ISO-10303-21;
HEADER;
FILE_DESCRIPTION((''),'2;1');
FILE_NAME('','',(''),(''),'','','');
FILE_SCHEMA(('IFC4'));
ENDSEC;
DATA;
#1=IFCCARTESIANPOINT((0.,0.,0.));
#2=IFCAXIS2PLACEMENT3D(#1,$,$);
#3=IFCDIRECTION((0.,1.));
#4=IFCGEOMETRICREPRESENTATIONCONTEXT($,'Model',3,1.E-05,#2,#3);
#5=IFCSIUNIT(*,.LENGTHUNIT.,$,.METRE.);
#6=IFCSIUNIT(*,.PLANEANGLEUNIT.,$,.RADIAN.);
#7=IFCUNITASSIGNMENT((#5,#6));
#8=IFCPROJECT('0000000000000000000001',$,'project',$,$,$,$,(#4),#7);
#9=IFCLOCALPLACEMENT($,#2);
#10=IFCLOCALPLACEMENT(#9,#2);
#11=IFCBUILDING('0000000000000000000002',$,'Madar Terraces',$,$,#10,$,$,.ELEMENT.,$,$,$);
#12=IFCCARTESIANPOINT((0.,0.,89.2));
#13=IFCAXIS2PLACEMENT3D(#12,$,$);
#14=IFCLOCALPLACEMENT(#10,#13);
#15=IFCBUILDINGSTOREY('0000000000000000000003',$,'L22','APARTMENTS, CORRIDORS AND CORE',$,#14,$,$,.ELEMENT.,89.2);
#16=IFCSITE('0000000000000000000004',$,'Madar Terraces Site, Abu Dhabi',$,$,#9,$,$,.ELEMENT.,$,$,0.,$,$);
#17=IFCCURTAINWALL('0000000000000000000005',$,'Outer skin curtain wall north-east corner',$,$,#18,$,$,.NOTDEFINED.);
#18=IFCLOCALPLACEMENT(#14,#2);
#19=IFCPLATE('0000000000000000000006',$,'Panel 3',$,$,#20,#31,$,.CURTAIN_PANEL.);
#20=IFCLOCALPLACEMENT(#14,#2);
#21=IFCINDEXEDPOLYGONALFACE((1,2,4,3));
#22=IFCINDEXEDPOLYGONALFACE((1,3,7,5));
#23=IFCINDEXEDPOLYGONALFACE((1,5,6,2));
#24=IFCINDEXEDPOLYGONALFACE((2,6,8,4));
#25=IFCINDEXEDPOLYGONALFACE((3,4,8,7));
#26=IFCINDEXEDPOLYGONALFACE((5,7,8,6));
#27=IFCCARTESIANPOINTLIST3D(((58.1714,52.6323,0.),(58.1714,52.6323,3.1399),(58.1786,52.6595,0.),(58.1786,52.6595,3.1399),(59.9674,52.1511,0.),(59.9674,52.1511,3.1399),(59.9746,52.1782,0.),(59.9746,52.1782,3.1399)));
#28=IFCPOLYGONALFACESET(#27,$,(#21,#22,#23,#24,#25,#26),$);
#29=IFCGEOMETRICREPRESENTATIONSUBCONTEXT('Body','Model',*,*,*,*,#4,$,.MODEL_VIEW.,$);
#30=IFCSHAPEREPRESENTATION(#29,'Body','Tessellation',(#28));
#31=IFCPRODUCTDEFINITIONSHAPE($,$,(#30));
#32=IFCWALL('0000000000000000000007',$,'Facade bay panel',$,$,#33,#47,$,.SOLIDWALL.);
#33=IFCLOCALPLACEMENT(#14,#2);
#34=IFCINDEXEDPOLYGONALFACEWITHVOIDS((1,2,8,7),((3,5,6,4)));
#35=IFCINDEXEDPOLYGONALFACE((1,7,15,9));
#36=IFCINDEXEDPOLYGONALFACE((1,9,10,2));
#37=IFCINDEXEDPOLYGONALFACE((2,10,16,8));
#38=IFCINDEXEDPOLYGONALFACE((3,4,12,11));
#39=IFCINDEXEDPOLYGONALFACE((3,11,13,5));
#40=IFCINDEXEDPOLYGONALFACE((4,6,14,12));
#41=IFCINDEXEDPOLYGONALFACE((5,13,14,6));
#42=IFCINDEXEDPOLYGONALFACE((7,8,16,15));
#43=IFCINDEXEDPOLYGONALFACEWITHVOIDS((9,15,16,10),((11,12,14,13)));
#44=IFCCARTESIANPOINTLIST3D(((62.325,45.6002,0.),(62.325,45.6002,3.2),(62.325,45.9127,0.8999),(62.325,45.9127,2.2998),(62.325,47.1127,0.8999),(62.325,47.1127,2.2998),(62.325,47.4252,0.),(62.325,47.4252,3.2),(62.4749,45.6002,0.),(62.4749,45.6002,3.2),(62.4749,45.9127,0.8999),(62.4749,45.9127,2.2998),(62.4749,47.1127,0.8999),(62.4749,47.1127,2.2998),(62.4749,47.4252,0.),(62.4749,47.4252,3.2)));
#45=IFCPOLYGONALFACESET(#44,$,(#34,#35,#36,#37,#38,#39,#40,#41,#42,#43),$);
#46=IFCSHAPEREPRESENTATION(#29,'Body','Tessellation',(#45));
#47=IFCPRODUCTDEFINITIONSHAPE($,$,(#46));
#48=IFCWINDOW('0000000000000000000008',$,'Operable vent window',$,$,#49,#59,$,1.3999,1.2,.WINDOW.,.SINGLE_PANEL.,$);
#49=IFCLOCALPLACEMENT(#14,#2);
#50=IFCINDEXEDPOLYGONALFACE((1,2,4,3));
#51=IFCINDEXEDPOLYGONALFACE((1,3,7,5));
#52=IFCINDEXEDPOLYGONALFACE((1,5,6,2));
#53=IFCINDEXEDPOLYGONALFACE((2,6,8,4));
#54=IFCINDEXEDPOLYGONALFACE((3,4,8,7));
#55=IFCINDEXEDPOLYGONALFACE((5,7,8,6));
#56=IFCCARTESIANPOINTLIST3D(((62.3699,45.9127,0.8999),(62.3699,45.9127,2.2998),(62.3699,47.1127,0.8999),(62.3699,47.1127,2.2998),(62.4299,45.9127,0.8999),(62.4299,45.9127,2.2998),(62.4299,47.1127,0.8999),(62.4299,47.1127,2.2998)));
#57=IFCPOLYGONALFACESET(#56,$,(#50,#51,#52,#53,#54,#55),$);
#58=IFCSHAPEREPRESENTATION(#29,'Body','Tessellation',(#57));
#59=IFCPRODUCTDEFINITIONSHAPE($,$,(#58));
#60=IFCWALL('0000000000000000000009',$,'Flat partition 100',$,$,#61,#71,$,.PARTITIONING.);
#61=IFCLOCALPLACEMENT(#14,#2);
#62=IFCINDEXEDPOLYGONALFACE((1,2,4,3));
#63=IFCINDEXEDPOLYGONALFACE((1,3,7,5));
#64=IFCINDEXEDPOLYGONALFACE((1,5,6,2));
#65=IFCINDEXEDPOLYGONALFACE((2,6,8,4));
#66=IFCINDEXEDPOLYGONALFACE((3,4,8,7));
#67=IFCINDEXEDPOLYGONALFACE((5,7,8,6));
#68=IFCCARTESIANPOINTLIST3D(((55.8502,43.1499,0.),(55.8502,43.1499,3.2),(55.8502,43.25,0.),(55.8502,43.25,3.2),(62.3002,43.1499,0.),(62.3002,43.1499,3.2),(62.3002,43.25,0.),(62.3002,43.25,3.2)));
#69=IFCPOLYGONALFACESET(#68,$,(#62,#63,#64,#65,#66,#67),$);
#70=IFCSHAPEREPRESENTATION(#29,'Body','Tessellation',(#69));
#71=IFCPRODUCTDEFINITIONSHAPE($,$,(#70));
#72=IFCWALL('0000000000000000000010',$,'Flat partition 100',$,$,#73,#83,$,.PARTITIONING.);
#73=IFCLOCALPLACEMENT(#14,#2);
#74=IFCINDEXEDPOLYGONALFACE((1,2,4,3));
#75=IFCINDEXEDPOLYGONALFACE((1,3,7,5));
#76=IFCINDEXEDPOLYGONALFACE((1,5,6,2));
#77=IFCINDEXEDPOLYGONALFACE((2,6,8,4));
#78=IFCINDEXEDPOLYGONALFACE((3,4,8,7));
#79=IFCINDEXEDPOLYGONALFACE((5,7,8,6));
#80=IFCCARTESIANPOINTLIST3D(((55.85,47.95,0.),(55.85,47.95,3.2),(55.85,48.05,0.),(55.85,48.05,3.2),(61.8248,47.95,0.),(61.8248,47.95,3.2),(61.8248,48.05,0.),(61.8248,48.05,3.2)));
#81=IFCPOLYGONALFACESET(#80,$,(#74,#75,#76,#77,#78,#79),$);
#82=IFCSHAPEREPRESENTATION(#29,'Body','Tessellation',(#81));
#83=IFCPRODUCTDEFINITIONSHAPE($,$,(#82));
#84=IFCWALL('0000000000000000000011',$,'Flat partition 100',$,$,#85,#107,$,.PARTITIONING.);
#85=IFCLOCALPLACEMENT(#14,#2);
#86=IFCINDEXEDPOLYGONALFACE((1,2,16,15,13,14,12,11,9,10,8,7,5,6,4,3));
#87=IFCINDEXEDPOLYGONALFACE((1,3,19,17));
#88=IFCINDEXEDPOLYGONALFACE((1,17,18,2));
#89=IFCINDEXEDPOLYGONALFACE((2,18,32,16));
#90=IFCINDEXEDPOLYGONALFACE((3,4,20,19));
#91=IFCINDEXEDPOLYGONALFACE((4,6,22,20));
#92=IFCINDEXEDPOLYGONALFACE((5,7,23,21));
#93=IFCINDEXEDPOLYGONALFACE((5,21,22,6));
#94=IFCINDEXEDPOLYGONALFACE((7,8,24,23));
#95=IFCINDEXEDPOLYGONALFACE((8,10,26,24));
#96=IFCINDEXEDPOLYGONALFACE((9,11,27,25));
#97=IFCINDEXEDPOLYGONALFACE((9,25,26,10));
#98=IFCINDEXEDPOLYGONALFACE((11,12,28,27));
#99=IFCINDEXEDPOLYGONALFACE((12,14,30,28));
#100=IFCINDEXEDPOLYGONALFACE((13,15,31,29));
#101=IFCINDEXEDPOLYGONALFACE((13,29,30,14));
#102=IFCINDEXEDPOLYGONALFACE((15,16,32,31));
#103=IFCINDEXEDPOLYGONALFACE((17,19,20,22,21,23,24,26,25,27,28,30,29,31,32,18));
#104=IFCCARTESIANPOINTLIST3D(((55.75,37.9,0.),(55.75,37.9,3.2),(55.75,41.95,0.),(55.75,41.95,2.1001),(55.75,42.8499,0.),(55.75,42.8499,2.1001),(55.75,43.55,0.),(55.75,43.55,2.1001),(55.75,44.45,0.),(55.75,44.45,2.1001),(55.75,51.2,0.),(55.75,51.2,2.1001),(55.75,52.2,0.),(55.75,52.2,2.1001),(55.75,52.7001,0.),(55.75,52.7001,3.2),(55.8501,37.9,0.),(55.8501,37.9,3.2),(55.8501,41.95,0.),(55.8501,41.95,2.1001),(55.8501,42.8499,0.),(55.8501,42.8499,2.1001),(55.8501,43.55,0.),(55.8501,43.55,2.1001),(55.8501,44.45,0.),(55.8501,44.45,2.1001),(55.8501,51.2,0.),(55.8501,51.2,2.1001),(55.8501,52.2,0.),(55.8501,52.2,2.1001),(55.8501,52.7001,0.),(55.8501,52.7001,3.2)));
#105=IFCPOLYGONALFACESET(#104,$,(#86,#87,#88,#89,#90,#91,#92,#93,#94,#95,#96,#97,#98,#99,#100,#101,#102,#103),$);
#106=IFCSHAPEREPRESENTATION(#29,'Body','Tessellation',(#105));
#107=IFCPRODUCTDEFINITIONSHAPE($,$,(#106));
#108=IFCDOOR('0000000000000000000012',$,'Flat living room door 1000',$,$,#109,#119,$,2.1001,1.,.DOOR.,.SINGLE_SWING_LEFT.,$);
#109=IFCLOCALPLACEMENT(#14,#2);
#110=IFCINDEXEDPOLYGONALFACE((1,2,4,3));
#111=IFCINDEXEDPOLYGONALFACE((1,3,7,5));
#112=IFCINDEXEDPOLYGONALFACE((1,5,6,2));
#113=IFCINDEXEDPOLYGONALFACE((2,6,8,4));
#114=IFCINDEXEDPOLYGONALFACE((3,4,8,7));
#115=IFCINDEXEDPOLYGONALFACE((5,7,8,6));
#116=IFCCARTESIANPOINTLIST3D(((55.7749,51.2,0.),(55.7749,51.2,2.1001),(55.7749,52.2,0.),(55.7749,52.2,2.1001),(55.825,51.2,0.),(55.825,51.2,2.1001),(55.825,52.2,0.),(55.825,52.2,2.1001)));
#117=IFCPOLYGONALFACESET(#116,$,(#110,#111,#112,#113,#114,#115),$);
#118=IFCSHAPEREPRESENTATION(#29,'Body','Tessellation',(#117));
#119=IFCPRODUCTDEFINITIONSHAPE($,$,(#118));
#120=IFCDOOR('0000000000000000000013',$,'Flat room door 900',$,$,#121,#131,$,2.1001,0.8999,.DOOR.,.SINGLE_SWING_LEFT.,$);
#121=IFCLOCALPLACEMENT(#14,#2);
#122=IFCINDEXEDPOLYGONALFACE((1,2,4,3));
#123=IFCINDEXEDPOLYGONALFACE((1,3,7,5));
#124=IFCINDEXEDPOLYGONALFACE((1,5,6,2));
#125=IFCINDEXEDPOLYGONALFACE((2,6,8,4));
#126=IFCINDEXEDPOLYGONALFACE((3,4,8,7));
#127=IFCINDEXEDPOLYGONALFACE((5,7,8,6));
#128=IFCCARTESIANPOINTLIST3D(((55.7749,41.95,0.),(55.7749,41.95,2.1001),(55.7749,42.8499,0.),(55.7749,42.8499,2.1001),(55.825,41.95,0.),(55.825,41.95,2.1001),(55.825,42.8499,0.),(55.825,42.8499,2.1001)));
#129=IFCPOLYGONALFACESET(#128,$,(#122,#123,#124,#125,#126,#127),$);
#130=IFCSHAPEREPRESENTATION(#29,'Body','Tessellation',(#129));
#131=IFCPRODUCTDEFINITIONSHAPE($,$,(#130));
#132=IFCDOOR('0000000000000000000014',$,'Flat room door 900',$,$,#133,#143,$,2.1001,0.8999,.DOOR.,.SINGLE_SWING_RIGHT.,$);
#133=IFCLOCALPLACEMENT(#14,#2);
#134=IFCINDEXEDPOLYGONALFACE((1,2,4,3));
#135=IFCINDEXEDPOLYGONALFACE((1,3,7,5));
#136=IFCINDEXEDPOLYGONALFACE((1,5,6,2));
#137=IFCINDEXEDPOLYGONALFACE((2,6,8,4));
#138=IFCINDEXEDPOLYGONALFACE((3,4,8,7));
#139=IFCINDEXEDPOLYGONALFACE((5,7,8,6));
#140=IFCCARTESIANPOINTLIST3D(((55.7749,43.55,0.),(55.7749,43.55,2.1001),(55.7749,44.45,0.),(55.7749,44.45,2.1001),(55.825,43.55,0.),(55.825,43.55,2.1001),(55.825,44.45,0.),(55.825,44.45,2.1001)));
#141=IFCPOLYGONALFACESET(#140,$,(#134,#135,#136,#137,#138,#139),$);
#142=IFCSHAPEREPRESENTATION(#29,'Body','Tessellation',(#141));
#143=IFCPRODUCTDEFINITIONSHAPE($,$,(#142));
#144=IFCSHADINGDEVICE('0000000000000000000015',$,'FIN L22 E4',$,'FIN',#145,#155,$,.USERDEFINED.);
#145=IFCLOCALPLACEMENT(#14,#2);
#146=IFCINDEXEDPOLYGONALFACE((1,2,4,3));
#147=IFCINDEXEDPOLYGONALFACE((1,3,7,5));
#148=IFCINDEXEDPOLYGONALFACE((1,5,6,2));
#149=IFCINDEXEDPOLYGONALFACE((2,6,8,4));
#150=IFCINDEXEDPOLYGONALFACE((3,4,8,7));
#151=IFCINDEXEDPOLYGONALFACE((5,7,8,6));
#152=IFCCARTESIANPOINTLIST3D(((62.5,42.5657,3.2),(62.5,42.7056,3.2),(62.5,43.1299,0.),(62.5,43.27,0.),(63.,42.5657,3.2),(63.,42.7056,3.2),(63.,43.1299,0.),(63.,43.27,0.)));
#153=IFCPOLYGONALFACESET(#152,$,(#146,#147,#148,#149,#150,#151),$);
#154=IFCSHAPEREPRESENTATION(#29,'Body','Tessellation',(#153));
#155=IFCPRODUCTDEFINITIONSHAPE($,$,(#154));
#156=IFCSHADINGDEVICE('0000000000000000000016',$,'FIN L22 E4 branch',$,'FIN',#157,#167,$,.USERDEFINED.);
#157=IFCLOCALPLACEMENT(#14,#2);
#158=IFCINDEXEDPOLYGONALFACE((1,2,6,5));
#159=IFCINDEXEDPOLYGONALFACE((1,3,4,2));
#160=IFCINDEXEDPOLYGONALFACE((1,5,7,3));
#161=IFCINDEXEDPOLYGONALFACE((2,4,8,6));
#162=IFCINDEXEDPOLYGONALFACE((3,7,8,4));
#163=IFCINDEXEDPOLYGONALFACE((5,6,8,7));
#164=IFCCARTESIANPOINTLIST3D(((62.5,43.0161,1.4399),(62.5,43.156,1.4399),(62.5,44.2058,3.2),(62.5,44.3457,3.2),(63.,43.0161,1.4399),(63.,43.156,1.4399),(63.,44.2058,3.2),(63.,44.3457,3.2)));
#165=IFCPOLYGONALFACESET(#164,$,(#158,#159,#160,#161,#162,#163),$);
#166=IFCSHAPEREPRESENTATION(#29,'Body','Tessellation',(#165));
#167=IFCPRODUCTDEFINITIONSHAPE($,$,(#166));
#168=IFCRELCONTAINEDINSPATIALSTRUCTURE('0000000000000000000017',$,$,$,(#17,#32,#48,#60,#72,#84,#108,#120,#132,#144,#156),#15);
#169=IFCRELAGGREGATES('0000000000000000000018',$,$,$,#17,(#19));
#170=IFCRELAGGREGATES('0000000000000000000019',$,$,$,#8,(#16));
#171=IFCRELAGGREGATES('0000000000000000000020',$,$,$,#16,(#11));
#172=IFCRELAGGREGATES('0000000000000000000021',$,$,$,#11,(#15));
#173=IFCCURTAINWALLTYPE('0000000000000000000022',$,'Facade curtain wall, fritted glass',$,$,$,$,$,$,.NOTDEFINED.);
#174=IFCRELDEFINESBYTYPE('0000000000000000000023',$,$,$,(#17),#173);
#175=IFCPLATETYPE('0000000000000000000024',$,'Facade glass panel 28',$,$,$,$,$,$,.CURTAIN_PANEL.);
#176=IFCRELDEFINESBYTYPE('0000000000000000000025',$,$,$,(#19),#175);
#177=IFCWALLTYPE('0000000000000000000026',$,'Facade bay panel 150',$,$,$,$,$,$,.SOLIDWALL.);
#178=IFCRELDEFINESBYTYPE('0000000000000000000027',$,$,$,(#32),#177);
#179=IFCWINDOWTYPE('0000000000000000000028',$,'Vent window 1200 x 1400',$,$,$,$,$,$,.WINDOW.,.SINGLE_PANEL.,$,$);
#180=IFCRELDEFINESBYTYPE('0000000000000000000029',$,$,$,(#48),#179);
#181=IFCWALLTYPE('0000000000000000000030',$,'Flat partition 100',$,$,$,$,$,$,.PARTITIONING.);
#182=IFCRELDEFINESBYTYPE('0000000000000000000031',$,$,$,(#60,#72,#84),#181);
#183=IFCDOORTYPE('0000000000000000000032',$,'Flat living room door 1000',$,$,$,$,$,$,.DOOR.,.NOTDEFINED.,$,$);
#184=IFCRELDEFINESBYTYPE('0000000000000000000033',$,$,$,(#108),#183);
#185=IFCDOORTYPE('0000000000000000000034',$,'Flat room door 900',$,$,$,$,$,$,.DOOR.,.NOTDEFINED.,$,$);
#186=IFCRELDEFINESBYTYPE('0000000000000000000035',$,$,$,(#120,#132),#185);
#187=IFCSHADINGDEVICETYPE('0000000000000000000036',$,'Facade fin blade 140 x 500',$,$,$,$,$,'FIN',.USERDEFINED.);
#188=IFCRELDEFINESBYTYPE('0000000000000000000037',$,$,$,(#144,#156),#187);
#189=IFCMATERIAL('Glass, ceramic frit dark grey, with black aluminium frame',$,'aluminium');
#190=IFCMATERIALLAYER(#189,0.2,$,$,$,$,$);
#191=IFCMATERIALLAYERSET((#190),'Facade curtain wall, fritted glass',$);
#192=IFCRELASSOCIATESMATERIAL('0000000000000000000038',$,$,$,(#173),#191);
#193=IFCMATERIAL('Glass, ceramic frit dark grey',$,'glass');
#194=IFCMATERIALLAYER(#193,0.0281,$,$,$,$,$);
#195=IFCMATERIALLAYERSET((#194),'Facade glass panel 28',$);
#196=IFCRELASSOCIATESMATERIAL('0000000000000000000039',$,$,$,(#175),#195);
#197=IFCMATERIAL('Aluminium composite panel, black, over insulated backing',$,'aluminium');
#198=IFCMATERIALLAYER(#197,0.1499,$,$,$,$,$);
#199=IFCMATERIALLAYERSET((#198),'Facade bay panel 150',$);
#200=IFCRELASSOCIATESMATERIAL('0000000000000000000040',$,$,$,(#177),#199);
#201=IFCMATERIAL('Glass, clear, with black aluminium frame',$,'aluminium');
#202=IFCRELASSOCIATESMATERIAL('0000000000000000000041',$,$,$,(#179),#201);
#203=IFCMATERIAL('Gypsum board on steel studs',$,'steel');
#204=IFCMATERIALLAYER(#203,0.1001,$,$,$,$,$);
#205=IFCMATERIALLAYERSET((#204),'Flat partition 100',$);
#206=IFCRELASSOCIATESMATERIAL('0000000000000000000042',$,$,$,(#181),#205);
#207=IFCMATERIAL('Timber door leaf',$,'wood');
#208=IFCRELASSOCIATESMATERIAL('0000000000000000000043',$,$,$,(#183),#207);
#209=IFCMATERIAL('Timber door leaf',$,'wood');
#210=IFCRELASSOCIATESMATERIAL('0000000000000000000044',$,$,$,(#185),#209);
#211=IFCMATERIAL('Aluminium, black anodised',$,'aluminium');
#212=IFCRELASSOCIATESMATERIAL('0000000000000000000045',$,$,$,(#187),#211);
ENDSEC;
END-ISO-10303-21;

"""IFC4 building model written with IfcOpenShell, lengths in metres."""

from ifc_helpers import new_model, si_unit, direction, frame, frame_2d, origin, origin_2d, place, context, subcontext, project, spatial, polyline, rectangle, outline, extrude, material, layer, layer_set, type_object, element, fill, aggregate, save


model = new_model("IFC4")

# Units and contexts
model_context = context("Model", 3, precision=1e-05, world=origin(), true_north=direction((0.0, 1.0)))
body_context = subcontext(model_context, "Body", "Model", "MODEL_VIEW")
ifc_project = project(units=[si_unit("LENGTHUNIT", "METRE"), si_unit("PLANEANGLEUNIT", "RADIAN")], contexts=[model_context])

# Site, building, storey
site_placement = place(None, origin())
site = spatial("IfcSite", under=ifc_project, at=site_placement, Name="Madar Terraces Site, Abu Dhabi", CompositionType="ELEMENT", RefElevation=0.0)
building_placement = place(site_placement, origin())
building = spatial("IfcBuilding", under=site, at=building_placement, Name="Madar Terraces", CompositionType="ELEMENT")
storey_placement = place(building_placement, frame((0.0, 0.0, 89.2)))
storey = spatial("IfcBuildingStorey", under=building, at=storey_placement, Name="L22", Description="APARTMENTS, CORRIDORS AND CORE", CompositionType="ELEMENT", Elevation=89.2)

# Shared definitions
ifc_material_1 = material(Name="Glass, ceramic frit dark grey, with black aluminium frame", Category="aluminium")
ifc_layer_1 = layer(ifc_material_1, 0.2)
ifc_layer_set_1 = layer_set([ifc_layer_1], Name="Facade curtain wall, fritted glass")
curtain_wall_type = type_object("IfcCurtainWallType", Name="Facade curtain wall, fritted glass", PredefinedType="NOTDEFINED", material=ifc_layer_set_1)

# Curtain wall
curtain_wall_1_placement = place(storey_placement, origin())
curtain_wall_1 = element("IfcCurtainWall", 1, at=curtain_wall_1_placement, inside=storey, type_object=curtain_wall_type, Name="Outer skin curtain wall north-east corner", PredefinedType="NOTDEFINED")

# Plate
ifc_material_2 = material(Name="Glass, ceramic frit dark grey", Category="glass")
ifc_layer_2 = layer(ifc_material_2, 0.0281)
ifc_layer_set_2 = layer_set([ifc_layer_2], Name="Facade glass panel 28")
plate_type = type_object("IfcPlateType", Name="Facade glass panel 28", PredefinedType="CURTAIN_PANEL", material=ifc_layer_set_2)
plate_1_placement = place(storey_placement, frame((59.073, 52.4053, 0.0), z_axis=(0.0, 0.0, 1.0), x_axis=(-0.965926, 0.258819, 0.0)))
plate_1 = element("IfcPlate", 2, at=plate_1_placement, type_object=plate_type, Name="Panel 3", PredefinedType="CURTAIN_PANEL", context=body_context, shape_type="SweptSolid", body=[
    extrude(rectangle(XDim=1.8594, YDim=0.0281, at=origin_2d()), origin(), (0.0, 0.0, 1.0), 3.1399),
])
aggregate(curtain_wall_1, [plate_1])

# Wall, opening, window
ifc_material_3 = material(Name="Aluminium composite panel, black, over insulated backing", Category="aluminium")
ifc_layer_3 = layer(ifc_material_3, 0.1499)
ifc_layer_set_3 = layer_set([ifc_layer_3], Name="Facade bay panel 150")
wall_type_1 = type_object("IfcWallType", Name="Facade bay panel 150", PredefinedType="SOLIDWALL", material=ifc_layer_set_3)
wall_1_placement = place(storey_placement, frame((62.3999, 45.6001, 0.0), z_axis=(0.0, 0.0, 1.0), x_axis=(0.0, 1.0, 0.0)))
wall_1 = element("IfcWall", 3, at=wall_1_placement, inside=storey, type_object=wall_type_1, Name="Facade bay panel", PredefinedType="SOLIDWALL", context=body_context, shape_type="SweptSolid", body=[
    extrude(rectangle(XDim=1.825, YDim=0.1499, at=frame_2d((0.9126, 0.0))), origin(), (0.0, 0.0, 1.0), 3.2),
])
opening_1_placement = place(wall_1_placement, frame((0.3125, 0.0, 0.8999)))
opening_1 = element("IfcOpeningElement", 4, at=opening_1_placement, cuts=wall_1, PredefinedType="OPENING", context=body_context, shape_type="SweptSolid", body=[
    extrude(rectangle(XDim=1.2, YDim=1.3999, at=frame_2d((0.6001, 0.7))), frame((0.0, 0.085, 0.0), z_axis=(0.0, -1.0, 0.0), x_axis=(1.0, 0.0, 0.0)), (0.0, 0.0, 1.0), 0.1699),
])
ifc_material_4 = material(Name="Glass, clear, with black aluminium frame", Category="aluminium")
window_type = type_object("IfcWindowType", Name="Vent window 1200 x 1400", PartitioningType="SINGLE_PANEL", PredefinedType="WINDOW", material=ifc_material_4)
window_placement = place(opening_1_placement, origin())
window = element("IfcWindow", 5, at=window_placement, inside=storey, type_object=window_type, Name="Operable vent window", OverallHeight=1.3999, OverallWidth=1.2, PartitioningType="SINGLE_PANEL", PredefinedType="WINDOW", context=body_context, shape_type="SweptSolid", body=[
    extrude(rectangle(XDim=1.2, YDim=1.3999, at=frame_2d((0.6001, 0.7))), frame((0.0, 0.03, 0.0), z_axis=(0.0, -1.0, 0.0), x_axis=(1.0, 0.0, 0.0)), (0.0, 0.0, 1.0), 0.0601),
])
fill(opening_1, window)

# Walls
ifc_material_5 = material(Name="Gypsum board on steel studs", Category="steel")
ifc_layer_4 = layer(ifc_material_5, 0.1001)
ifc_layer_set_4 = layer_set([ifc_layer_4], Name="Flat partition 100")
wall_type_2 = type_object("IfcWallType", Name="Flat partition 100", PredefinedType="PARTITIONING", material=ifc_layer_set_4)
wall_2_placement = place(storey_placement, frame((55.8501, 43.2, 0.0), z_axis=(0.0, 0.0, 1.0), x_axis=(1.0, 0.0, 0.0)))
element("IfcWall", 6, at=wall_2_placement, inside=storey, type_object=wall_type_2, Name="Flat partition 100", PredefinedType="PARTITIONING", context=body_context, shape_type="SweptSolid", body=[
    extrude(rectangle(XDim=6.45, YDim=0.1001, at=frame_2d((3.2251, 0.0))), origin(), (0.0, 0.0, 1.0), 3.2),
])
wall_3_placement = place(storey_placement, frame((55.8501, 48.0, 0.0), z_axis=(0.0, 0.0, 1.0), x_axis=(1.0, 0.0, 0.0)))
element("IfcWall", 7, at=wall_3_placement, inside=storey, type_object=wall_type_2, Name="Flat partition 100", PredefinedType="PARTITIONING", context=body_context, shape_type="SweptSolid", body=[
    extrude(rectangle(XDim=5.9749, YDim=0.1001, at=frame_2d((2.9873, 0.0))), origin(), (0.0, 0.0, 1.0), 3.2),
])

# Wall, openings, doors
wall_4_placement = place(storey_placement, frame((55.8, 52.7, 0.0), z_axis=(0.0, 0.0, 1.0), x_axis=(0.0, -1.0, 0.0)))
wall_4 = element("IfcWall", 8, at=wall_4_placement, inside=storey, type_object=wall_type_2, Name="Flat partition 100", PredefinedType="PARTITIONING", context=body_context, shape_type="SweptSolid", body=[
    extrude(rectangle(XDim=14.8, YDim=0.1001, at=frame_2d((7.3999, 0.0))), origin(), (0.0, 0.0, 1.0), 3.2),
])
opening_2_placement = place(wall_4_placement, frame((9.8501, 0.0, 0.0)))
opening_2 = element("IfcOpeningElement", 9, at=opening_2_placement, cuts=wall_4, PredefinedType="OPENING", context=body_context, shape_type="SweptSolid", body=[
    extrude(rectangle(XDim=0.8999, YDim=2.1001, at=frame_2d((0.45, 1.05))), frame((0.0, 0.0601, 0.0), z_axis=(0.0, -1.0, 0.0), x_axis=(1.0, 0.0, 0.0)), (0.0, 0.0, 1.0), 0.1201),
])
opening_3_placement = place(wall_4_placement, frame((8.25, 0.0, 0.0)))
opening_3 = element("IfcOpeningElement", 10, at=opening_3_placement, cuts=wall_4, PredefinedType="OPENING", context=body_context, shape_type="SweptSolid", body=[
    extrude(rectangle(XDim=0.8999, YDim=2.1001, at=frame_2d((0.45, 1.05))), frame((0.0, 0.0601, 0.0), z_axis=(0.0, -1.0, 0.0), x_axis=(1.0, 0.0, 0.0)), (0.0, 0.0, 1.0), 0.1201),
])
opening_4_placement = place(wall_4_placement, frame((0.5, 0.0, 0.0)))
opening_4 = element("IfcOpeningElement", 11, at=opening_4_placement, cuts=wall_4, PredefinedType="OPENING", context=body_context, shape_type="SweptSolid", body=[
    extrude(rectangle(XDim=1.0, YDim=2.1001, at=frame_2d((0.5, 1.05))), frame((0.0, 0.0601, 0.0), z_axis=(0.0, -1.0, 0.0), x_axis=(1.0, 0.0, 0.0)), (0.0, 0.0, 1.0), 0.1201),
])
ifc_material_6 = material(Name="Timber door leaf", Category="wood")
door_type_1 = type_object("IfcDoorType", Name="Flat living room door 1000", OperationType="NOTDEFINED", PredefinedType="DOOR", material=ifc_material_6)
door_1_placement = place(opening_4_placement, origin())
door_1 = element("IfcDoor", 12, at=door_1_placement, inside=storey, type_object=door_type_1, Name="Flat living room door 1000", OperationType="SINGLE_SWING_LEFT", OverallHeight=2.1001, OverallWidth=1.0, PredefinedType="DOOR", context=body_context, shape_type="SweptSolid", body=[
    extrude(rectangle(XDim=1.0, YDim=2.1001, at=frame_2d((0.5, 1.05))), frame((0.0, 0.0249, 0.0), z_axis=(0.0, -1.0, 0.0), x_axis=(1.0, 0.0, 0.0)), (0.0, 0.0, 1.0), 0.05),
])
fill(opening_4, door_1)
ifc_material_7 = material(Name="Timber door leaf", Category="wood")
door_type_2 = type_object("IfcDoorType", Name="Flat room door 900", OperationType="NOTDEFINED", PredefinedType="DOOR", material=ifc_material_7)
door_2_placement = place(opening_2_placement, origin())
door_2 = element("IfcDoor", 13, at=door_2_placement, inside=storey, type_object=door_type_2, Name="Flat room door 900", OperationType="SINGLE_SWING_LEFT", OverallHeight=2.1001, OverallWidth=0.8999, PredefinedType="DOOR", context=body_context, shape_type="SweptSolid", body=[
    extrude(rectangle(XDim=0.8999, YDim=2.1001, at=frame_2d((0.45, 1.05))), frame((0.0, 0.0249, 0.0), z_axis=(0.0, -1.0, 0.0), x_axis=(1.0, 0.0, 0.0)), (0.0, 0.0, 1.0), 0.05),
])
fill(opening_2, door_2)
door_3_placement = place(opening_3_placement, origin())
door_3 = element("IfcDoor", 14, at=door_3_placement, inside=storey, type_object=door_type_2, Name="Flat room door 900", OperationType="SINGLE_SWING_RIGHT", OverallHeight=2.1001, OverallWidth=0.8999, PredefinedType="DOOR", context=body_context, shape_type="SweptSolid", body=[
    extrude(rectangle(XDim=0.8999, YDim=2.1001, at=frame_2d((0.45, 1.05))), frame((0.0, 0.0249, 0.0), z_axis=(0.0, -1.0, 0.0), x_axis=(1.0, 0.0, 0.0)), (0.0, 0.0, 1.0), 0.05),
])
fill(opening_3, door_3)

# Shading devices
ifc_material_8 = material(Name="Aluminium, black anodised", Category="aluminium")
shading_device_type = type_object("IfcShadingDeviceType", Name="Facade fin blade 140 x 500", ElementType="FIN", PredefinedType="USERDEFINED", material=ifc_material_8)
shading_device_1_placement = place(storey_placement, frame((62.75, 43.1299, 0.0), z_axis=(0.0, 0.0, 1.0), x_axis=(0.0, 1.0, 0.0)))
element("IfcShadingDevice", 15, at=shading_device_1_placement, inside=storey, type_object=shading_device_type, Name="FIN L22 E4", ObjectType="FIN", PredefinedType="USERDEFINED", context=body_context, shape_type="SweptSolid", body=[
    extrude(outline(polyline([(0.0, 0.0), (0.1401, 0.0), (-0.4243, 3.2), (-0.5642, 3.2), (0.0, 0.0)])), frame((0.0, 0.25, 0.0), z_axis=(0.0, -1.0, 0.0), x_axis=(1.0, 0.0, 0.0)), (0.0, 0.0, 1.0), 0.5),
])
shading_device_2_placement = place(storey_placement, frame((62.75, 43.0161, 1.4399), z_axis=(0.0, 0.0, 1.0), x_axis=(0.0, 1.0, 0.0)))
element("IfcShadingDevice", 16, at=shading_device_2_placement, inside=storey, type_object=shading_device_type, Name="FIN L22 E4 branch", ObjectType="FIN", PredefinedType="USERDEFINED", context=body_context, shape_type="SweptSolid", body=[
    extrude(outline(polyline([(0.0, 0.0), (0.1399, 0.0), (1.3296, 1.76), (1.1897, 1.76), (0.0, 0.0)])), frame((0.0, 0.25, 0.0), z_axis=(0.0, -1.0, 0.0), x_axis=(1.0, 0.0, 0.0)), (0.0, 0.0, 1.0), 0.5),
])

save(model, "model.ifc")
